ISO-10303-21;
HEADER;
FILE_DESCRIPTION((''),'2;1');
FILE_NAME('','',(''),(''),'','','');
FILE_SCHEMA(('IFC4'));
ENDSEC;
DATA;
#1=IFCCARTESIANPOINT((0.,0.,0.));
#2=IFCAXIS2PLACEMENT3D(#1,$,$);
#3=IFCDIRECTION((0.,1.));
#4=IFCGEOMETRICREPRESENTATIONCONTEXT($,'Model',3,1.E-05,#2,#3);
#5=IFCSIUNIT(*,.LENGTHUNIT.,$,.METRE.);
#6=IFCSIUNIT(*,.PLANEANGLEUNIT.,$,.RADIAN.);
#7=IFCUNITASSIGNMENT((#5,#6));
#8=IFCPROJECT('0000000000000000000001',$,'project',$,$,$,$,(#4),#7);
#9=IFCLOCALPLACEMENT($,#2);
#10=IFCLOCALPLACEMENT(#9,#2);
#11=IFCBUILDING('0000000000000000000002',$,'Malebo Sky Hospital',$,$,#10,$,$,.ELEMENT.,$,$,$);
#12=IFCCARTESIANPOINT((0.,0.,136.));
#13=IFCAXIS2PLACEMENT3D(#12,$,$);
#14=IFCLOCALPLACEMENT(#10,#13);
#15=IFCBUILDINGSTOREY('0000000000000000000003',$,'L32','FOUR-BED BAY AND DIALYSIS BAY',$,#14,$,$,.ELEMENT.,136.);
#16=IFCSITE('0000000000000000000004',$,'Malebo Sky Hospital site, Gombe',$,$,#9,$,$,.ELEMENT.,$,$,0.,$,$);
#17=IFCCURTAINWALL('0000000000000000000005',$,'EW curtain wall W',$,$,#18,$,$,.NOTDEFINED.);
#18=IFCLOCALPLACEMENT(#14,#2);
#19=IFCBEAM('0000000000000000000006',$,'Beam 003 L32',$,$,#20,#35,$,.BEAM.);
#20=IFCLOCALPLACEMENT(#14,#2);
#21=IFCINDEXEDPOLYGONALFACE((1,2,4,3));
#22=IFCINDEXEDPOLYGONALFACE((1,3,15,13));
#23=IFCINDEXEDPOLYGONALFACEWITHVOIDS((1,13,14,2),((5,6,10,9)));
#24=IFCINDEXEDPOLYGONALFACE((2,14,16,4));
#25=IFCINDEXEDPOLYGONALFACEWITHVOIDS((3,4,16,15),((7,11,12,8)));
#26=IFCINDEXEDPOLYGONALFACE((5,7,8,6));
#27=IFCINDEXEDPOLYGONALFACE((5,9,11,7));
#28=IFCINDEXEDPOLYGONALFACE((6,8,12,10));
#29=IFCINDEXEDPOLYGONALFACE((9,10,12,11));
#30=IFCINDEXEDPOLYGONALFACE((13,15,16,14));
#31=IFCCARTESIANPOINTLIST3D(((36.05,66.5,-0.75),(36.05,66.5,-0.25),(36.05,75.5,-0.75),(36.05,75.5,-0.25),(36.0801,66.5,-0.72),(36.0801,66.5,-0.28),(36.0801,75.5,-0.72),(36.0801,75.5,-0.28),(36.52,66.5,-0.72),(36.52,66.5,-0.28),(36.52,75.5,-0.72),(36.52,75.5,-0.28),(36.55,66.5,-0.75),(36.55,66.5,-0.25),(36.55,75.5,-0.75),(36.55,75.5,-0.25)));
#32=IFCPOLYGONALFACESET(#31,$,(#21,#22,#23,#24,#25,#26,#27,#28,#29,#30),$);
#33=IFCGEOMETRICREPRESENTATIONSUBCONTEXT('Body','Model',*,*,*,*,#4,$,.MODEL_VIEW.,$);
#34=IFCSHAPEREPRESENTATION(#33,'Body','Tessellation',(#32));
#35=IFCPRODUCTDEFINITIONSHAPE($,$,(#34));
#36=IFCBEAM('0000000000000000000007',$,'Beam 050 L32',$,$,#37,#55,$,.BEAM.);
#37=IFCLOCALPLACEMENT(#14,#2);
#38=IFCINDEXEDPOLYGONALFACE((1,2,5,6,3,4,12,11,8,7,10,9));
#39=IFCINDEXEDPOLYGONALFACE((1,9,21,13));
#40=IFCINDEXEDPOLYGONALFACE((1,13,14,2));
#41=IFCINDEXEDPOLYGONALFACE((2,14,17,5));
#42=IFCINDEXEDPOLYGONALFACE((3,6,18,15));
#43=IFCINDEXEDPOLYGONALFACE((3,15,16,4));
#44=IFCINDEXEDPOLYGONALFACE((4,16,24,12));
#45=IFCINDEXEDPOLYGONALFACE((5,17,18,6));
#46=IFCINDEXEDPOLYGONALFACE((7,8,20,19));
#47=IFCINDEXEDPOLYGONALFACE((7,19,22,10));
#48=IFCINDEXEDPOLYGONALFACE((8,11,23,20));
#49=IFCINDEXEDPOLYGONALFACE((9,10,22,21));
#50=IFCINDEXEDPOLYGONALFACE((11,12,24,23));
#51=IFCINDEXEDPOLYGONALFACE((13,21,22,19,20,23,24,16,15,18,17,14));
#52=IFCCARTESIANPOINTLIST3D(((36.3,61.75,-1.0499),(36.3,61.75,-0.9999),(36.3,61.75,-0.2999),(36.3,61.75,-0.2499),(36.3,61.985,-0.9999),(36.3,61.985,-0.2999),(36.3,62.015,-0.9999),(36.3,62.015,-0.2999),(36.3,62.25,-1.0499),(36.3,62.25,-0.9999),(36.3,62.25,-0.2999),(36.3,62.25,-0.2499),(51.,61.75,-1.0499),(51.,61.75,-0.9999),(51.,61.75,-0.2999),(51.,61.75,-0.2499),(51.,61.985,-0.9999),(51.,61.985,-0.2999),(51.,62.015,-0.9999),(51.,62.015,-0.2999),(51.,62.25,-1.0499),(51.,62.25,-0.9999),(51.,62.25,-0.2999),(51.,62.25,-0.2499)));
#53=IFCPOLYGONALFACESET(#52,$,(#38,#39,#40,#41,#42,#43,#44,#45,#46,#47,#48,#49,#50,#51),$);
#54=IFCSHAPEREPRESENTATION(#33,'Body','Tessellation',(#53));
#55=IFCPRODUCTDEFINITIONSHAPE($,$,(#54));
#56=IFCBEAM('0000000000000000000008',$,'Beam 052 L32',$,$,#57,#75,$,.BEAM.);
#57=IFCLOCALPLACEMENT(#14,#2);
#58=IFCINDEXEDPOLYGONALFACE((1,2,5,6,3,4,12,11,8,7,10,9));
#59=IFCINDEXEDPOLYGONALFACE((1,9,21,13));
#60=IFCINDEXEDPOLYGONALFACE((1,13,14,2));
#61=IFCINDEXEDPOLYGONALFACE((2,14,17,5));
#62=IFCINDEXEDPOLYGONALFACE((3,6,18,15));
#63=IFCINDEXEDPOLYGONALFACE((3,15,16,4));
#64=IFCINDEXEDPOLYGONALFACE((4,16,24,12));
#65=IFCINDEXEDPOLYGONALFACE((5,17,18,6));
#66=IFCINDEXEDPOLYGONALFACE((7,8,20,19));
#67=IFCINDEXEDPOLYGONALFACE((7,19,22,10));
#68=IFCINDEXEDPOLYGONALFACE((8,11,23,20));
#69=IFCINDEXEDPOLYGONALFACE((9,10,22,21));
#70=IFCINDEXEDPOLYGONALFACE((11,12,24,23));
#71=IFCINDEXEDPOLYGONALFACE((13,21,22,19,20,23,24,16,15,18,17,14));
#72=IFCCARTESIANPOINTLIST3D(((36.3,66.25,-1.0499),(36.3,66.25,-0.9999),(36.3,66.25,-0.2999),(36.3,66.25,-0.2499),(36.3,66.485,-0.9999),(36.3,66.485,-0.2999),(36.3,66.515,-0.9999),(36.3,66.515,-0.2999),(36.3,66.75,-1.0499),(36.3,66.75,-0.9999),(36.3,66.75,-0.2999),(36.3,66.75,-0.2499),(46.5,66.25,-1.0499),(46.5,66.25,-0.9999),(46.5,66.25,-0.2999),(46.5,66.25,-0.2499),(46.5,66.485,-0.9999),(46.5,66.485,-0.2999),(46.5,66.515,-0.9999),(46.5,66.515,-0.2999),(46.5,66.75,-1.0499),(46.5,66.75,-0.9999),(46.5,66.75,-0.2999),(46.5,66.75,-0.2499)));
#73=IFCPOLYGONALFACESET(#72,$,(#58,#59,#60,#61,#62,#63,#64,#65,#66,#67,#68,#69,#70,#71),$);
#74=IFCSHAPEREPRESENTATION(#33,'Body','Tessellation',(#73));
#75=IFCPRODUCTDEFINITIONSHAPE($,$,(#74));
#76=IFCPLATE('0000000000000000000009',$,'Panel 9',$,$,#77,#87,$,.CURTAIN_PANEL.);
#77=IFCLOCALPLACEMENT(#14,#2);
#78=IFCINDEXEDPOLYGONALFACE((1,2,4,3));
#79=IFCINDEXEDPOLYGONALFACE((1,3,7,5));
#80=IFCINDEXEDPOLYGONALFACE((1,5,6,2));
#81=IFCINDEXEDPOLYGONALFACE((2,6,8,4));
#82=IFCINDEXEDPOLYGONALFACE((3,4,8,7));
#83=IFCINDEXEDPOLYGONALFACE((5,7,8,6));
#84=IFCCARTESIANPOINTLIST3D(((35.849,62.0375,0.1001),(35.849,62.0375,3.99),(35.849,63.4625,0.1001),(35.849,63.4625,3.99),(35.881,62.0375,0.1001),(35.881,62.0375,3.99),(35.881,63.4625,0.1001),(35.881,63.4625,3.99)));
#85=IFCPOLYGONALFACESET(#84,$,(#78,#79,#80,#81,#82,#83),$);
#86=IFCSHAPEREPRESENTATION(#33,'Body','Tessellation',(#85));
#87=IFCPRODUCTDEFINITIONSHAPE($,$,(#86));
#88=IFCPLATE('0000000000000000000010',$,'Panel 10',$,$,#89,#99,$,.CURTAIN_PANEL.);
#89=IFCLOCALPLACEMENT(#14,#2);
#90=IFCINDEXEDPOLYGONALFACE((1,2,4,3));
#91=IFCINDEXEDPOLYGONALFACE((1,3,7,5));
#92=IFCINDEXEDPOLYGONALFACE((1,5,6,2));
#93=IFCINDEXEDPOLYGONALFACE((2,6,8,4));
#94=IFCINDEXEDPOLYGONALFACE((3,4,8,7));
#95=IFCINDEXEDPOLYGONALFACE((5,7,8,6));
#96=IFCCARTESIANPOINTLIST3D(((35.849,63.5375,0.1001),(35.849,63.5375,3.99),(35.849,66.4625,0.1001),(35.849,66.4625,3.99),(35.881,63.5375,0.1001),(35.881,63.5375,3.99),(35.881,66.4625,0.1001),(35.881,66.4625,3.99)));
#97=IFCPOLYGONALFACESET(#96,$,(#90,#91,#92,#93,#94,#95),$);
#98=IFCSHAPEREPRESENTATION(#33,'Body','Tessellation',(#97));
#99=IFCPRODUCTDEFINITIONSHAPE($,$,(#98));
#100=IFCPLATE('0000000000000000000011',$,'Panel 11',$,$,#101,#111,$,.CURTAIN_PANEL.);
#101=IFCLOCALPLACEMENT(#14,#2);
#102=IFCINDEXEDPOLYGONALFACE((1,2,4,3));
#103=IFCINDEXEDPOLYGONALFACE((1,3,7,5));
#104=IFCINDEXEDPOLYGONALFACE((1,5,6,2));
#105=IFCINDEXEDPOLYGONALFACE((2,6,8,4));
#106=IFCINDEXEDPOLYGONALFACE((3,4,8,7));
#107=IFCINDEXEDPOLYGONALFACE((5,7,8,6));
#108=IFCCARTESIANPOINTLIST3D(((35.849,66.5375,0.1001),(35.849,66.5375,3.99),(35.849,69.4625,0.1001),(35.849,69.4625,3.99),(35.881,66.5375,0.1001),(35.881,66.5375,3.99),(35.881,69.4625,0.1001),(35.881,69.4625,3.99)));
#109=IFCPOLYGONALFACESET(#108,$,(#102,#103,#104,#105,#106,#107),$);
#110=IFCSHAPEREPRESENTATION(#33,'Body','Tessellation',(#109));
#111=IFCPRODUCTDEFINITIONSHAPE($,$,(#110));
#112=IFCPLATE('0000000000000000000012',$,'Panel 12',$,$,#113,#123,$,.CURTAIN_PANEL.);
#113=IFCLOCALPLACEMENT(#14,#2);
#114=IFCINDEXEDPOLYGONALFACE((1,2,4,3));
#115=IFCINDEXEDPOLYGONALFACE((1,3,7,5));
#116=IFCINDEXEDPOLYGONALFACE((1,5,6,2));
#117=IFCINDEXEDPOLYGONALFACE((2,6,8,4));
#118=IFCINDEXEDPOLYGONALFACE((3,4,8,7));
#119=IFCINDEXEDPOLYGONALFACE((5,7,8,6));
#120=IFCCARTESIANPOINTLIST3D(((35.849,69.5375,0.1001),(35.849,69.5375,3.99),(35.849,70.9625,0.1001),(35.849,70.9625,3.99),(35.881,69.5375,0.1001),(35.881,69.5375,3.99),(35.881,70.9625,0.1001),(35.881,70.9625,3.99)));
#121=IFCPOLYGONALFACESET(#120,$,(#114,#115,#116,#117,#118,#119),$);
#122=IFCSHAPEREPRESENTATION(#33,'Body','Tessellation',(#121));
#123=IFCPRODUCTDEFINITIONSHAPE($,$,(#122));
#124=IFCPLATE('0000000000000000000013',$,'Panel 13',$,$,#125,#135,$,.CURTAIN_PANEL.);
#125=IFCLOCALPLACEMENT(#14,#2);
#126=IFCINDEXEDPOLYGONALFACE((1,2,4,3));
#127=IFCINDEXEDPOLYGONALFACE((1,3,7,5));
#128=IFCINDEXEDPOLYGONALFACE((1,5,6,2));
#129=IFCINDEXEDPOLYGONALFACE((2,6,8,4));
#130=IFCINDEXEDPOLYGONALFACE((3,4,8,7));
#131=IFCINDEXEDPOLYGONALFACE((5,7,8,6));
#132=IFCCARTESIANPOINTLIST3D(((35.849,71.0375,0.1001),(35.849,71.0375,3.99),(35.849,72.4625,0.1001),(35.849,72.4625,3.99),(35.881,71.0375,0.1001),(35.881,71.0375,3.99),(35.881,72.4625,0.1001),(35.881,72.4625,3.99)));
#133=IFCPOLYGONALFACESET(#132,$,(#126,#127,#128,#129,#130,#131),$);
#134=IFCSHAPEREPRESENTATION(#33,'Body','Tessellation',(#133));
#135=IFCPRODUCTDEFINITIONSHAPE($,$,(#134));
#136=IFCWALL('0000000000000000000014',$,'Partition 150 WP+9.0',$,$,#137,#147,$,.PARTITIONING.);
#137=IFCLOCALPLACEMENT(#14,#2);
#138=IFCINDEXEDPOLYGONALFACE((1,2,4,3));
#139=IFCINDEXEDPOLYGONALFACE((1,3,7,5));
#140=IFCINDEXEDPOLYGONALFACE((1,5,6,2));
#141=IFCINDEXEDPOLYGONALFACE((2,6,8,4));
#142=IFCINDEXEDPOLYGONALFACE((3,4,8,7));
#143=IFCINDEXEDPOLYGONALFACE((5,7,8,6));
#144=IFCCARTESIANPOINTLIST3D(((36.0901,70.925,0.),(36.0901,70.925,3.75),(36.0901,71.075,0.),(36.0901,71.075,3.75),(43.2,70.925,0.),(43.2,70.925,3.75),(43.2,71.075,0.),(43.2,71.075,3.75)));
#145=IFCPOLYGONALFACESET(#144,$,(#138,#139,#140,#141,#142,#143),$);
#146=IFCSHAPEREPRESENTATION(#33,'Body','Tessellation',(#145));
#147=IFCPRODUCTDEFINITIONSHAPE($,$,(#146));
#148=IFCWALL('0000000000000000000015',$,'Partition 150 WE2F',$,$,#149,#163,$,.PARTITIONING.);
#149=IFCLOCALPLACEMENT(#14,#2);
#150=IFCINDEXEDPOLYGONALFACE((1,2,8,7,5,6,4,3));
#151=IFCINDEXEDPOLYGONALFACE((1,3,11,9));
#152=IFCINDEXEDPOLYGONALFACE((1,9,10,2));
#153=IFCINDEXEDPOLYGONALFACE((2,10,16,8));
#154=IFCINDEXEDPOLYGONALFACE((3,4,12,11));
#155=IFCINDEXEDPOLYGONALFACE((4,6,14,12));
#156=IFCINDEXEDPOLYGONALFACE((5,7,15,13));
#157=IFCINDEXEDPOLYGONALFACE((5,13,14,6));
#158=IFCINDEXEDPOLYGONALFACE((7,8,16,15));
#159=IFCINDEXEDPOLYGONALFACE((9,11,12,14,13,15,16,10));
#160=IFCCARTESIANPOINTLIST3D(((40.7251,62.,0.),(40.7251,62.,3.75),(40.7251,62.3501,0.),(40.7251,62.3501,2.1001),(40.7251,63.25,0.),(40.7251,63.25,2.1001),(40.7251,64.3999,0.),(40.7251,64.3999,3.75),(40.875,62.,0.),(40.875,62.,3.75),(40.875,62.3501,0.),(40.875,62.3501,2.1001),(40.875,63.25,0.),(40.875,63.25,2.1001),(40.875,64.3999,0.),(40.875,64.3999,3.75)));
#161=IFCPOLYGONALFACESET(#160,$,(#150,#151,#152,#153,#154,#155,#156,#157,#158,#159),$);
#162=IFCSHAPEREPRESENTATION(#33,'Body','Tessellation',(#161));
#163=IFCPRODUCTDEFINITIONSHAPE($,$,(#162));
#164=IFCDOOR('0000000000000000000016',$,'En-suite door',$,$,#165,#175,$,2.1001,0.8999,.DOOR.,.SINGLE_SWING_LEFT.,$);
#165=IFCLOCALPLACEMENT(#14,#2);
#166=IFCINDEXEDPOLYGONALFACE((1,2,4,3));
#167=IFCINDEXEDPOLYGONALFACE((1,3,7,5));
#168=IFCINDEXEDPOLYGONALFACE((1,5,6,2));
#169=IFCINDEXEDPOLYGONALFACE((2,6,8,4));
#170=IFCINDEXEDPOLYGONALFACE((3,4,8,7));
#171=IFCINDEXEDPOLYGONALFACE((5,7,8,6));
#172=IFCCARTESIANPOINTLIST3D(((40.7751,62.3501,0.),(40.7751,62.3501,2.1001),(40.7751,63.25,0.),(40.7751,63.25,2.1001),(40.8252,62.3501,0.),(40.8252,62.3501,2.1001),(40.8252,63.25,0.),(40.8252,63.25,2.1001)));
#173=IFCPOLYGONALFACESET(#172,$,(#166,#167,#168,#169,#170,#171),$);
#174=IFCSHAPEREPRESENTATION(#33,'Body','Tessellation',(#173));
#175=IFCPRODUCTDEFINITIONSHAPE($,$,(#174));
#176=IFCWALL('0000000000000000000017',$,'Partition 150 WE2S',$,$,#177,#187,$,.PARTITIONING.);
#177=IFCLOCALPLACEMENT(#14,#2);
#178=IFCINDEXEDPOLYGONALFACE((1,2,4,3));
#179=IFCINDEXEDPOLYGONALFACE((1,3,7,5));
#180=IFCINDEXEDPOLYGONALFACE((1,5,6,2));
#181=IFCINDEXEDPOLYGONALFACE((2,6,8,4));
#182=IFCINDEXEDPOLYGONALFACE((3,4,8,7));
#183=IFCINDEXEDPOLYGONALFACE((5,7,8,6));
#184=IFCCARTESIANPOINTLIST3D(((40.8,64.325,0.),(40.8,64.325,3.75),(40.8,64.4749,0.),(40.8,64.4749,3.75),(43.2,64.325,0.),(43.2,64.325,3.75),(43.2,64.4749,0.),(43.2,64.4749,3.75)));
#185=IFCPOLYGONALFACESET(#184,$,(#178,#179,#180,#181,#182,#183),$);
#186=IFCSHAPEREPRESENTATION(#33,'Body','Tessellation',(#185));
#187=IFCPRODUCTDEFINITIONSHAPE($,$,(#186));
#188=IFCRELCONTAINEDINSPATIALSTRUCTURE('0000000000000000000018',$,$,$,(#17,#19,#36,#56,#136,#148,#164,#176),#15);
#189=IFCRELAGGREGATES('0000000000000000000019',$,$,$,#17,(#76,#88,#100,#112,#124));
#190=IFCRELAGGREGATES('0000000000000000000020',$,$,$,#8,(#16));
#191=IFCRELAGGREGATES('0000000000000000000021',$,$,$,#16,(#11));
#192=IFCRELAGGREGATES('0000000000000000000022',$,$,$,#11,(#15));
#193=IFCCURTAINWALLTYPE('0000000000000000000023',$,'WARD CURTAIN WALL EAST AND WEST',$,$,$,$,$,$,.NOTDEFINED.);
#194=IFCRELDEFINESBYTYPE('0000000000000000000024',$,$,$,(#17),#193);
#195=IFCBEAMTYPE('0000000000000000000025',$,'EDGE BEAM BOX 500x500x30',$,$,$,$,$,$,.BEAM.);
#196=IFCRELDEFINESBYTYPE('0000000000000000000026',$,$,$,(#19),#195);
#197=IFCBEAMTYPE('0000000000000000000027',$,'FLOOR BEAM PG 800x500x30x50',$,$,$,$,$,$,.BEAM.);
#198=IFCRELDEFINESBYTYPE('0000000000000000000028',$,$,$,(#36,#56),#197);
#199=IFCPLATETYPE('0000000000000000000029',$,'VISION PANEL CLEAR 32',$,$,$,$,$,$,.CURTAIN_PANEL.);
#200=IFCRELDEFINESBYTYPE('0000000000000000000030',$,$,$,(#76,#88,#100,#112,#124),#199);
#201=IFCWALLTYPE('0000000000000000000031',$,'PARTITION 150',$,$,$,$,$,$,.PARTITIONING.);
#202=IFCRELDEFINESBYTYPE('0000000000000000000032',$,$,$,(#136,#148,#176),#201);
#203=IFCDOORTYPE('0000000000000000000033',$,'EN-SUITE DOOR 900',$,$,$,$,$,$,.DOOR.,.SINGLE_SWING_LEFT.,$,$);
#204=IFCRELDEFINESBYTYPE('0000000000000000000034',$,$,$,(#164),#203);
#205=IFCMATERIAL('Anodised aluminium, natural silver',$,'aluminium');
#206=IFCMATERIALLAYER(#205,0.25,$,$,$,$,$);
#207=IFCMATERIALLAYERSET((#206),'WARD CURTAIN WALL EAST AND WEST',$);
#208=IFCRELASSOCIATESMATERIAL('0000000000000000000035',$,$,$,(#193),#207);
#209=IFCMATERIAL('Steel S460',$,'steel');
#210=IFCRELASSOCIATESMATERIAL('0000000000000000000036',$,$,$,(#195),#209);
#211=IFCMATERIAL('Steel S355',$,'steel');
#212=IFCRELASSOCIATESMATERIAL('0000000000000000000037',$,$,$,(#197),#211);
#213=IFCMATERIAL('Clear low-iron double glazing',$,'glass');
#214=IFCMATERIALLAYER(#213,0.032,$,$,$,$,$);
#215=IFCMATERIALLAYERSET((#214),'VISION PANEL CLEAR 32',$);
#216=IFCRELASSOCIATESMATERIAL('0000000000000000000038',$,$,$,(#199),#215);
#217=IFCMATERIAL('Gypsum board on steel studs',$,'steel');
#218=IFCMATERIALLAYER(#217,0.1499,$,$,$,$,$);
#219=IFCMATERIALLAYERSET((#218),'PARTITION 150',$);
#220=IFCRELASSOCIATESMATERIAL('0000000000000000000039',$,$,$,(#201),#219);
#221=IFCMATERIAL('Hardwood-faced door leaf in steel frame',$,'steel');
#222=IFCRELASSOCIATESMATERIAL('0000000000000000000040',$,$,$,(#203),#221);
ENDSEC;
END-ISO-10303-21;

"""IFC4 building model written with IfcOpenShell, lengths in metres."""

from ifc_helpers import new_model, si_unit, direction, frame, frame_2d, origin, origin_2d, place, context, subcontext, project, spatial, rectangle, hollow_rectangle, i_section, extrude, material, layer, layer_set, material_profile, profile_set, type_object, element, fill, aggregate, save


model = new_model("IFC4")

# Units and contexts
model_context = context("Model", 3, precision=1e-05, world=origin(), true_north=direction((0.0, 1.0)))
body_context = subcontext(model_context, "Body", "Model", "MODEL_VIEW")
ifc_project = project(units=[si_unit("LENGTHUNIT", "METRE"), si_unit("PLANEANGLEUNIT", "RADIAN")], contexts=[model_context])

# Site, building, storey
site_placement = place(None, origin())
site = spatial("IfcSite", under=ifc_project, at=site_placement, Name="Malebo Sky Hospital site, Gombe", CompositionType="ELEMENT", RefElevation=0.0)
building_placement = place(site_placement, origin())
building = spatial("IfcBuilding", under=site, at=building_placement, Name="Malebo Sky Hospital", CompositionType="ELEMENT")
storey_placement = place(building_placement, frame((0.0, 0.0, 136.0)))
storey = spatial("IfcBuildingStorey", under=building, at=storey_placement, Name="L32", Description="FOUR-BED BAY AND DIALYSIS BAY", CompositionType="ELEMENT", Elevation=136.0)

# Shared definitions
ifc_material_1 = material(Name="Steel S460", Category="steel")

# Curtain wall
ifc_material_2 = material(Name="Anodised aluminium, natural silver", Category="aluminium")
ifc_layer_1 = layer(ifc_material_2, 0.25)
ifc_layer_set_1 = layer_set([ifc_layer_1], Name="WARD CURTAIN WALL EAST AND WEST")
curtain_wall_type = type_object("IfcCurtainWallType", Name="WARD CURTAIN WALL EAST AND WEST", PredefinedType="NOTDEFINED", material=ifc_layer_set_1)
curtain_wall_placement = place(storey_placement, origin())
curtain_wall = element("IfcCurtainWall", 1, at=curtain_wall_placement, inside=storey, type_object=curtain_wall_type, Name="EW curtain wall W", PredefinedType="NOTDEFINED")

# Beams
ifc_material_profile_1 = material_profile(ifc_material_1, hollow_rectangle(XDim=0.5, YDim=0.5, WallThickness=0.03, at=origin_2d()), Name="BOX 500x500x30")
ifc_profile_set_1 = profile_set([ifc_material_profile_1], Name="Steel S460")
beam_type_1 = type_object("IfcBeamType", Name="EDGE BEAM BOX 500x500x30", PredefinedType="BEAM", material=ifc_profile_set_1)
beam_1_placement = place(storey_placement, frame((36.3, 66.5, -0.5), z_axis=(0.0, 1.0, 0.0), x_axis=(-1.0, 0.0, 0.0)))
element("IfcBeam", 2, at=beam_1_placement, inside=storey, type_object=beam_type_1, Name="Beam 003 L32", PredefinedType="BEAM", context=body_context, shape_type="SweptSolid", body=[
    extrude(hollow_rectangle(XDim=0.5, YDim=0.5, WallThickness=0.03, at=origin_2d()), origin(), (0.0, 0.0, 1.0), 9.0),
])
ifc_material_3 = material(Name="Steel S355", Category="steel")
ifc_material_profile_2 = material_profile(ifc_material_3, i_section(OverallWidth=0.5, OverallDepth=0.8, WebThickness=0.03, FlangeThickness=0.05, at=origin_2d()), Name="PG 800x500x30x50")
ifc_profile_set_2 = profile_set([ifc_material_profile_2], Name="Steel S355")
beam_type_2 = type_object("IfcBeamType", Name="FLOOR BEAM PG 800x500x30x50", PredefinedType="BEAM", material=ifc_profile_set_2)
beam_2_placement = place(storey_placement, frame((36.3, 62.0, -0.6499), z_axis=(1.0, 0.0, 0.0), x_axis=(0.0, 1.0, 0.0)))
element("IfcBeam", 3, at=beam_2_placement, inside=storey, type_object=beam_type_2, Name="Beam 050 L32", PredefinedType="BEAM", context=body_context, shape_type="SweptSolid", body=[
    extrude(i_section(OverallWidth=0.5, OverallDepth=0.8, WebThickness=0.03, FlangeThickness=0.05, at=origin_2d()), origin(), (0.0, 0.0, 1.0), 14.7),
])
beam_3_placement = place(storey_placement, frame((36.3, 66.5, -0.6499), z_axis=(1.0, 0.0, 0.0), x_axis=(0.0, 1.0, 0.0)))
element("IfcBeam", 4, at=beam_3_placement, inside=storey, type_object=beam_type_2, Name="Beam 052 L32", PredefinedType="BEAM", context=body_context, shape_type="SweptSolid", body=[
    extrude(i_section(OverallWidth=0.5, OverallDepth=0.8, WebThickness=0.03, FlangeThickness=0.05, at=origin_2d()), origin(), (0.0, 0.0, 1.0), 10.2),
])

# Plates
ifc_material_4 = material(Name="Clear low-iron double glazing", Category="glass")
ifc_layer_2 = layer(ifc_material_4, 0.032)
ifc_layer_set_2 = layer_set([ifc_layer_2], Name="VISION PANEL CLEAR 32")
plate_type = type_object("IfcPlateType", Name="VISION PANEL CLEAR 32", PredefinedType="CURTAIN_PANEL", material=ifc_layer_set_2)
plate_1_placement = place(storey_placement, frame((35.865, 62.75, 0.1001), z_axis=(0.0, 0.0, 1.0), x_axis=(0.0, 1.0, 0.0)))
plate_1 = element("IfcPlate", 5, at=plate_1_placement, type_object=plate_type, Name="Panel 9", PredefinedType="CURTAIN_PANEL", context=body_context, shape_type="SweptSolid", body=[
    extrude(rectangle(XDim=1.425, YDim=0.032, at=origin_2d()), origin(), (0.0, 0.0, 1.0), 3.8899),
])
plate_2_placement = place(storey_placement, frame((35.865, 65.0, 0.1001), z_axis=(0.0, 0.0, 1.0), x_axis=(0.0, 1.0, 0.0)))
plate_2 = element("IfcPlate", 6, at=plate_2_placement, type_object=plate_type, Name="Panel 10", PredefinedType="CURTAIN_PANEL", context=body_context, shape_type="SweptSolid", body=[
    extrude(rectangle(XDim=2.925, YDim=0.032, at=origin_2d()), origin(), (0.0, 0.0, 1.0), 3.8899),
])
plate_3_placement = place(storey_placement, frame((35.865, 68.0, 0.1001), z_axis=(0.0, 0.0, 1.0), x_axis=(0.0, 1.0, 0.0)))
plate_3 = element("IfcPlate", 7, at=plate_3_placement, type_object=plate_type, Name="Panel 11", PredefinedType="CURTAIN_PANEL", context=body_context, shape_type="SweptSolid", body=[
    extrude(rectangle(XDim=2.925, YDim=0.032, at=origin_2d()), origin(), (0.0, 0.0, 1.0), 3.8899),
])
plate_4_placement = place(storey_placement, frame((35.865, 70.25, 0.1001), z_axis=(0.0, 0.0, 1.0), x_axis=(0.0, 1.0, 0.0)))
plate_4 = element("IfcPlate", 8, at=plate_4_placement, type_object=plate_type, Name="Panel 12", PredefinedType="CURTAIN_PANEL", context=body_context, shape_type="SweptSolid", body=[
    extrude(rectangle(XDim=1.425, YDim=0.032, at=origin_2d()), origin(), (0.0, 0.0, 1.0), 3.8899),
])
plate_5_placement = place(storey_placement, frame((35.865, 71.75, 0.1001), z_axis=(0.0, 0.0, 1.0), x_axis=(0.0, 1.0, 0.0)))
plate_5 = element("IfcPlate", 9, at=plate_5_placement, type_object=plate_type, Name="Panel 13", PredefinedType="CURTAIN_PANEL", context=body_context, shape_type="SweptSolid", body=[
    extrude(rectangle(XDim=1.425, YDim=0.032, at=origin_2d()), origin(), (0.0, 0.0, 1.0), 3.8899),
])
aggregate(curtain_wall, [plate_1, plate_2, plate_3, plate_4, plate_5])

# Wall
ifc_material_5 = material(Name="Gypsum board on steel studs", Category="steel")
ifc_layer_3 = layer(ifc_material_5, 0.1499)
ifc_layer_set_3 = layer_set([ifc_layer_3], Name="PARTITION 150")
wall_type_1 = type_object("IfcWallType", Name="PARTITION 150", PredefinedType="PARTITIONING", material=ifc_layer_set_3)
wall_1_placement = place(storey_placement, frame((43.2, 71.0, 0.0), z_axis=(0.0, 0.0, 1.0), x_axis=(-1.0, 0.0, 0.0)))
element("IfcWall", 10, at=wall_1_placement, inside=storey, type_object=wall_type_1, Name="Partition 150 WP+9.0", PredefinedType="PARTITIONING", context=body_context, shape_type="SweptSolid", body=[
    extrude(rectangle(XDim=7.1099, YDim=0.1499, at=frame_2d((3.5549, 0.0))), origin(), (0.0, 0.0, 1.0), 3.75),
])

# Wall, opening, door
wall_2_placement = place(storey_placement, frame((40.8, 62.0, 0.0), z_axis=(0.0, 0.0, 1.0), x_axis=(0.0, 1.0, 0.0)))
wall_2 = element("IfcWall", 11, at=wall_2_placement, inside=storey, type_object=wall_type_1, Name="Partition 150 WE2F", PredefinedType="PARTITIONING", context=body_context, shape_type="SweptSolid", body=[
    extrude(rectangle(XDim=2.3999, YDim=0.1499, at=frame_2d((1.2, 0.0))), origin(), (0.0, 0.0, 1.0), 3.75),
])
opening_1_placement = place(wall_2_placement, frame((0.3501, 0.0, 0.0)))
opening_1 = element("IfcOpeningElement", 12, at=opening_1_placement, cuts=wall_2, PredefinedType="OPENING", context=body_context, shape_type="SweptSolid", body=[
    extrude(rectangle(XDim=0.8999, YDim=2.1001, at=frame_2d((0.45, 1.05))), frame((0.0, 0.085, 0.0), z_axis=(0.0, -1.0, 0.0), x_axis=(1.0, 0.0, 0.0)), (0.0, 0.0, 1.0), 0.1699),
])
ifc_material_6 = material(Name="Hardwood-faced door leaf in steel frame", Category="steel")
door_type = type_object("IfcDoorType", Name="EN-SUITE DOOR 900", OperationType="SINGLE_SWING_LEFT", PredefinedType="DOOR", material=ifc_material_6)
door_1_placement = place(opening_1_placement, origin())
door_1 = element("IfcDoor", 13, at=door_1_placement, inside=storey, type_object=door_type, Name="En-suite door", OperationType="SINGLE_SWING_LEFT", OverallHeight=2.1001, OverallWidth=0.8999, PredefinedType="DOOR", context=body_context, shape_type="SweptSolid", body=[
    extrude(rectangle(XDim=0.8999, YDim=2.1001, at=frame_2d((0.45, 1.05))), frame((0.0, 0.0249, 0.0), z_axis=(0.0, -1.0, 0.0), x_axis=(1.0, 0.0, 0.0)), (0.0, 0.0, 1.0), 0.05),
])
fill(opening_1, door_1)

# Wall
wall_3_placement = place(storey_placement, frame((43.2, 64.3999, 0.0), z_axis=(0.0, 0.0, 1.0), x_axis=(-1.0, 0.0, 0.0)))
element("IfcWall", 14, at=wall_3_placement, inside=storey, type_object=wall_type_1, Name="Partition 150 WE2S", PredefinedType="PARTITIONING", context=body_context, shape_type="SweptSolid", body=[
    extrude(rectangle(XDim=2.3999, YDim=0.1499, at=frame_2d((1.2, 0.0))), origin(), (0.0, 0.0, 1.0), 3.75),
])

save(model, "model.ifc")
